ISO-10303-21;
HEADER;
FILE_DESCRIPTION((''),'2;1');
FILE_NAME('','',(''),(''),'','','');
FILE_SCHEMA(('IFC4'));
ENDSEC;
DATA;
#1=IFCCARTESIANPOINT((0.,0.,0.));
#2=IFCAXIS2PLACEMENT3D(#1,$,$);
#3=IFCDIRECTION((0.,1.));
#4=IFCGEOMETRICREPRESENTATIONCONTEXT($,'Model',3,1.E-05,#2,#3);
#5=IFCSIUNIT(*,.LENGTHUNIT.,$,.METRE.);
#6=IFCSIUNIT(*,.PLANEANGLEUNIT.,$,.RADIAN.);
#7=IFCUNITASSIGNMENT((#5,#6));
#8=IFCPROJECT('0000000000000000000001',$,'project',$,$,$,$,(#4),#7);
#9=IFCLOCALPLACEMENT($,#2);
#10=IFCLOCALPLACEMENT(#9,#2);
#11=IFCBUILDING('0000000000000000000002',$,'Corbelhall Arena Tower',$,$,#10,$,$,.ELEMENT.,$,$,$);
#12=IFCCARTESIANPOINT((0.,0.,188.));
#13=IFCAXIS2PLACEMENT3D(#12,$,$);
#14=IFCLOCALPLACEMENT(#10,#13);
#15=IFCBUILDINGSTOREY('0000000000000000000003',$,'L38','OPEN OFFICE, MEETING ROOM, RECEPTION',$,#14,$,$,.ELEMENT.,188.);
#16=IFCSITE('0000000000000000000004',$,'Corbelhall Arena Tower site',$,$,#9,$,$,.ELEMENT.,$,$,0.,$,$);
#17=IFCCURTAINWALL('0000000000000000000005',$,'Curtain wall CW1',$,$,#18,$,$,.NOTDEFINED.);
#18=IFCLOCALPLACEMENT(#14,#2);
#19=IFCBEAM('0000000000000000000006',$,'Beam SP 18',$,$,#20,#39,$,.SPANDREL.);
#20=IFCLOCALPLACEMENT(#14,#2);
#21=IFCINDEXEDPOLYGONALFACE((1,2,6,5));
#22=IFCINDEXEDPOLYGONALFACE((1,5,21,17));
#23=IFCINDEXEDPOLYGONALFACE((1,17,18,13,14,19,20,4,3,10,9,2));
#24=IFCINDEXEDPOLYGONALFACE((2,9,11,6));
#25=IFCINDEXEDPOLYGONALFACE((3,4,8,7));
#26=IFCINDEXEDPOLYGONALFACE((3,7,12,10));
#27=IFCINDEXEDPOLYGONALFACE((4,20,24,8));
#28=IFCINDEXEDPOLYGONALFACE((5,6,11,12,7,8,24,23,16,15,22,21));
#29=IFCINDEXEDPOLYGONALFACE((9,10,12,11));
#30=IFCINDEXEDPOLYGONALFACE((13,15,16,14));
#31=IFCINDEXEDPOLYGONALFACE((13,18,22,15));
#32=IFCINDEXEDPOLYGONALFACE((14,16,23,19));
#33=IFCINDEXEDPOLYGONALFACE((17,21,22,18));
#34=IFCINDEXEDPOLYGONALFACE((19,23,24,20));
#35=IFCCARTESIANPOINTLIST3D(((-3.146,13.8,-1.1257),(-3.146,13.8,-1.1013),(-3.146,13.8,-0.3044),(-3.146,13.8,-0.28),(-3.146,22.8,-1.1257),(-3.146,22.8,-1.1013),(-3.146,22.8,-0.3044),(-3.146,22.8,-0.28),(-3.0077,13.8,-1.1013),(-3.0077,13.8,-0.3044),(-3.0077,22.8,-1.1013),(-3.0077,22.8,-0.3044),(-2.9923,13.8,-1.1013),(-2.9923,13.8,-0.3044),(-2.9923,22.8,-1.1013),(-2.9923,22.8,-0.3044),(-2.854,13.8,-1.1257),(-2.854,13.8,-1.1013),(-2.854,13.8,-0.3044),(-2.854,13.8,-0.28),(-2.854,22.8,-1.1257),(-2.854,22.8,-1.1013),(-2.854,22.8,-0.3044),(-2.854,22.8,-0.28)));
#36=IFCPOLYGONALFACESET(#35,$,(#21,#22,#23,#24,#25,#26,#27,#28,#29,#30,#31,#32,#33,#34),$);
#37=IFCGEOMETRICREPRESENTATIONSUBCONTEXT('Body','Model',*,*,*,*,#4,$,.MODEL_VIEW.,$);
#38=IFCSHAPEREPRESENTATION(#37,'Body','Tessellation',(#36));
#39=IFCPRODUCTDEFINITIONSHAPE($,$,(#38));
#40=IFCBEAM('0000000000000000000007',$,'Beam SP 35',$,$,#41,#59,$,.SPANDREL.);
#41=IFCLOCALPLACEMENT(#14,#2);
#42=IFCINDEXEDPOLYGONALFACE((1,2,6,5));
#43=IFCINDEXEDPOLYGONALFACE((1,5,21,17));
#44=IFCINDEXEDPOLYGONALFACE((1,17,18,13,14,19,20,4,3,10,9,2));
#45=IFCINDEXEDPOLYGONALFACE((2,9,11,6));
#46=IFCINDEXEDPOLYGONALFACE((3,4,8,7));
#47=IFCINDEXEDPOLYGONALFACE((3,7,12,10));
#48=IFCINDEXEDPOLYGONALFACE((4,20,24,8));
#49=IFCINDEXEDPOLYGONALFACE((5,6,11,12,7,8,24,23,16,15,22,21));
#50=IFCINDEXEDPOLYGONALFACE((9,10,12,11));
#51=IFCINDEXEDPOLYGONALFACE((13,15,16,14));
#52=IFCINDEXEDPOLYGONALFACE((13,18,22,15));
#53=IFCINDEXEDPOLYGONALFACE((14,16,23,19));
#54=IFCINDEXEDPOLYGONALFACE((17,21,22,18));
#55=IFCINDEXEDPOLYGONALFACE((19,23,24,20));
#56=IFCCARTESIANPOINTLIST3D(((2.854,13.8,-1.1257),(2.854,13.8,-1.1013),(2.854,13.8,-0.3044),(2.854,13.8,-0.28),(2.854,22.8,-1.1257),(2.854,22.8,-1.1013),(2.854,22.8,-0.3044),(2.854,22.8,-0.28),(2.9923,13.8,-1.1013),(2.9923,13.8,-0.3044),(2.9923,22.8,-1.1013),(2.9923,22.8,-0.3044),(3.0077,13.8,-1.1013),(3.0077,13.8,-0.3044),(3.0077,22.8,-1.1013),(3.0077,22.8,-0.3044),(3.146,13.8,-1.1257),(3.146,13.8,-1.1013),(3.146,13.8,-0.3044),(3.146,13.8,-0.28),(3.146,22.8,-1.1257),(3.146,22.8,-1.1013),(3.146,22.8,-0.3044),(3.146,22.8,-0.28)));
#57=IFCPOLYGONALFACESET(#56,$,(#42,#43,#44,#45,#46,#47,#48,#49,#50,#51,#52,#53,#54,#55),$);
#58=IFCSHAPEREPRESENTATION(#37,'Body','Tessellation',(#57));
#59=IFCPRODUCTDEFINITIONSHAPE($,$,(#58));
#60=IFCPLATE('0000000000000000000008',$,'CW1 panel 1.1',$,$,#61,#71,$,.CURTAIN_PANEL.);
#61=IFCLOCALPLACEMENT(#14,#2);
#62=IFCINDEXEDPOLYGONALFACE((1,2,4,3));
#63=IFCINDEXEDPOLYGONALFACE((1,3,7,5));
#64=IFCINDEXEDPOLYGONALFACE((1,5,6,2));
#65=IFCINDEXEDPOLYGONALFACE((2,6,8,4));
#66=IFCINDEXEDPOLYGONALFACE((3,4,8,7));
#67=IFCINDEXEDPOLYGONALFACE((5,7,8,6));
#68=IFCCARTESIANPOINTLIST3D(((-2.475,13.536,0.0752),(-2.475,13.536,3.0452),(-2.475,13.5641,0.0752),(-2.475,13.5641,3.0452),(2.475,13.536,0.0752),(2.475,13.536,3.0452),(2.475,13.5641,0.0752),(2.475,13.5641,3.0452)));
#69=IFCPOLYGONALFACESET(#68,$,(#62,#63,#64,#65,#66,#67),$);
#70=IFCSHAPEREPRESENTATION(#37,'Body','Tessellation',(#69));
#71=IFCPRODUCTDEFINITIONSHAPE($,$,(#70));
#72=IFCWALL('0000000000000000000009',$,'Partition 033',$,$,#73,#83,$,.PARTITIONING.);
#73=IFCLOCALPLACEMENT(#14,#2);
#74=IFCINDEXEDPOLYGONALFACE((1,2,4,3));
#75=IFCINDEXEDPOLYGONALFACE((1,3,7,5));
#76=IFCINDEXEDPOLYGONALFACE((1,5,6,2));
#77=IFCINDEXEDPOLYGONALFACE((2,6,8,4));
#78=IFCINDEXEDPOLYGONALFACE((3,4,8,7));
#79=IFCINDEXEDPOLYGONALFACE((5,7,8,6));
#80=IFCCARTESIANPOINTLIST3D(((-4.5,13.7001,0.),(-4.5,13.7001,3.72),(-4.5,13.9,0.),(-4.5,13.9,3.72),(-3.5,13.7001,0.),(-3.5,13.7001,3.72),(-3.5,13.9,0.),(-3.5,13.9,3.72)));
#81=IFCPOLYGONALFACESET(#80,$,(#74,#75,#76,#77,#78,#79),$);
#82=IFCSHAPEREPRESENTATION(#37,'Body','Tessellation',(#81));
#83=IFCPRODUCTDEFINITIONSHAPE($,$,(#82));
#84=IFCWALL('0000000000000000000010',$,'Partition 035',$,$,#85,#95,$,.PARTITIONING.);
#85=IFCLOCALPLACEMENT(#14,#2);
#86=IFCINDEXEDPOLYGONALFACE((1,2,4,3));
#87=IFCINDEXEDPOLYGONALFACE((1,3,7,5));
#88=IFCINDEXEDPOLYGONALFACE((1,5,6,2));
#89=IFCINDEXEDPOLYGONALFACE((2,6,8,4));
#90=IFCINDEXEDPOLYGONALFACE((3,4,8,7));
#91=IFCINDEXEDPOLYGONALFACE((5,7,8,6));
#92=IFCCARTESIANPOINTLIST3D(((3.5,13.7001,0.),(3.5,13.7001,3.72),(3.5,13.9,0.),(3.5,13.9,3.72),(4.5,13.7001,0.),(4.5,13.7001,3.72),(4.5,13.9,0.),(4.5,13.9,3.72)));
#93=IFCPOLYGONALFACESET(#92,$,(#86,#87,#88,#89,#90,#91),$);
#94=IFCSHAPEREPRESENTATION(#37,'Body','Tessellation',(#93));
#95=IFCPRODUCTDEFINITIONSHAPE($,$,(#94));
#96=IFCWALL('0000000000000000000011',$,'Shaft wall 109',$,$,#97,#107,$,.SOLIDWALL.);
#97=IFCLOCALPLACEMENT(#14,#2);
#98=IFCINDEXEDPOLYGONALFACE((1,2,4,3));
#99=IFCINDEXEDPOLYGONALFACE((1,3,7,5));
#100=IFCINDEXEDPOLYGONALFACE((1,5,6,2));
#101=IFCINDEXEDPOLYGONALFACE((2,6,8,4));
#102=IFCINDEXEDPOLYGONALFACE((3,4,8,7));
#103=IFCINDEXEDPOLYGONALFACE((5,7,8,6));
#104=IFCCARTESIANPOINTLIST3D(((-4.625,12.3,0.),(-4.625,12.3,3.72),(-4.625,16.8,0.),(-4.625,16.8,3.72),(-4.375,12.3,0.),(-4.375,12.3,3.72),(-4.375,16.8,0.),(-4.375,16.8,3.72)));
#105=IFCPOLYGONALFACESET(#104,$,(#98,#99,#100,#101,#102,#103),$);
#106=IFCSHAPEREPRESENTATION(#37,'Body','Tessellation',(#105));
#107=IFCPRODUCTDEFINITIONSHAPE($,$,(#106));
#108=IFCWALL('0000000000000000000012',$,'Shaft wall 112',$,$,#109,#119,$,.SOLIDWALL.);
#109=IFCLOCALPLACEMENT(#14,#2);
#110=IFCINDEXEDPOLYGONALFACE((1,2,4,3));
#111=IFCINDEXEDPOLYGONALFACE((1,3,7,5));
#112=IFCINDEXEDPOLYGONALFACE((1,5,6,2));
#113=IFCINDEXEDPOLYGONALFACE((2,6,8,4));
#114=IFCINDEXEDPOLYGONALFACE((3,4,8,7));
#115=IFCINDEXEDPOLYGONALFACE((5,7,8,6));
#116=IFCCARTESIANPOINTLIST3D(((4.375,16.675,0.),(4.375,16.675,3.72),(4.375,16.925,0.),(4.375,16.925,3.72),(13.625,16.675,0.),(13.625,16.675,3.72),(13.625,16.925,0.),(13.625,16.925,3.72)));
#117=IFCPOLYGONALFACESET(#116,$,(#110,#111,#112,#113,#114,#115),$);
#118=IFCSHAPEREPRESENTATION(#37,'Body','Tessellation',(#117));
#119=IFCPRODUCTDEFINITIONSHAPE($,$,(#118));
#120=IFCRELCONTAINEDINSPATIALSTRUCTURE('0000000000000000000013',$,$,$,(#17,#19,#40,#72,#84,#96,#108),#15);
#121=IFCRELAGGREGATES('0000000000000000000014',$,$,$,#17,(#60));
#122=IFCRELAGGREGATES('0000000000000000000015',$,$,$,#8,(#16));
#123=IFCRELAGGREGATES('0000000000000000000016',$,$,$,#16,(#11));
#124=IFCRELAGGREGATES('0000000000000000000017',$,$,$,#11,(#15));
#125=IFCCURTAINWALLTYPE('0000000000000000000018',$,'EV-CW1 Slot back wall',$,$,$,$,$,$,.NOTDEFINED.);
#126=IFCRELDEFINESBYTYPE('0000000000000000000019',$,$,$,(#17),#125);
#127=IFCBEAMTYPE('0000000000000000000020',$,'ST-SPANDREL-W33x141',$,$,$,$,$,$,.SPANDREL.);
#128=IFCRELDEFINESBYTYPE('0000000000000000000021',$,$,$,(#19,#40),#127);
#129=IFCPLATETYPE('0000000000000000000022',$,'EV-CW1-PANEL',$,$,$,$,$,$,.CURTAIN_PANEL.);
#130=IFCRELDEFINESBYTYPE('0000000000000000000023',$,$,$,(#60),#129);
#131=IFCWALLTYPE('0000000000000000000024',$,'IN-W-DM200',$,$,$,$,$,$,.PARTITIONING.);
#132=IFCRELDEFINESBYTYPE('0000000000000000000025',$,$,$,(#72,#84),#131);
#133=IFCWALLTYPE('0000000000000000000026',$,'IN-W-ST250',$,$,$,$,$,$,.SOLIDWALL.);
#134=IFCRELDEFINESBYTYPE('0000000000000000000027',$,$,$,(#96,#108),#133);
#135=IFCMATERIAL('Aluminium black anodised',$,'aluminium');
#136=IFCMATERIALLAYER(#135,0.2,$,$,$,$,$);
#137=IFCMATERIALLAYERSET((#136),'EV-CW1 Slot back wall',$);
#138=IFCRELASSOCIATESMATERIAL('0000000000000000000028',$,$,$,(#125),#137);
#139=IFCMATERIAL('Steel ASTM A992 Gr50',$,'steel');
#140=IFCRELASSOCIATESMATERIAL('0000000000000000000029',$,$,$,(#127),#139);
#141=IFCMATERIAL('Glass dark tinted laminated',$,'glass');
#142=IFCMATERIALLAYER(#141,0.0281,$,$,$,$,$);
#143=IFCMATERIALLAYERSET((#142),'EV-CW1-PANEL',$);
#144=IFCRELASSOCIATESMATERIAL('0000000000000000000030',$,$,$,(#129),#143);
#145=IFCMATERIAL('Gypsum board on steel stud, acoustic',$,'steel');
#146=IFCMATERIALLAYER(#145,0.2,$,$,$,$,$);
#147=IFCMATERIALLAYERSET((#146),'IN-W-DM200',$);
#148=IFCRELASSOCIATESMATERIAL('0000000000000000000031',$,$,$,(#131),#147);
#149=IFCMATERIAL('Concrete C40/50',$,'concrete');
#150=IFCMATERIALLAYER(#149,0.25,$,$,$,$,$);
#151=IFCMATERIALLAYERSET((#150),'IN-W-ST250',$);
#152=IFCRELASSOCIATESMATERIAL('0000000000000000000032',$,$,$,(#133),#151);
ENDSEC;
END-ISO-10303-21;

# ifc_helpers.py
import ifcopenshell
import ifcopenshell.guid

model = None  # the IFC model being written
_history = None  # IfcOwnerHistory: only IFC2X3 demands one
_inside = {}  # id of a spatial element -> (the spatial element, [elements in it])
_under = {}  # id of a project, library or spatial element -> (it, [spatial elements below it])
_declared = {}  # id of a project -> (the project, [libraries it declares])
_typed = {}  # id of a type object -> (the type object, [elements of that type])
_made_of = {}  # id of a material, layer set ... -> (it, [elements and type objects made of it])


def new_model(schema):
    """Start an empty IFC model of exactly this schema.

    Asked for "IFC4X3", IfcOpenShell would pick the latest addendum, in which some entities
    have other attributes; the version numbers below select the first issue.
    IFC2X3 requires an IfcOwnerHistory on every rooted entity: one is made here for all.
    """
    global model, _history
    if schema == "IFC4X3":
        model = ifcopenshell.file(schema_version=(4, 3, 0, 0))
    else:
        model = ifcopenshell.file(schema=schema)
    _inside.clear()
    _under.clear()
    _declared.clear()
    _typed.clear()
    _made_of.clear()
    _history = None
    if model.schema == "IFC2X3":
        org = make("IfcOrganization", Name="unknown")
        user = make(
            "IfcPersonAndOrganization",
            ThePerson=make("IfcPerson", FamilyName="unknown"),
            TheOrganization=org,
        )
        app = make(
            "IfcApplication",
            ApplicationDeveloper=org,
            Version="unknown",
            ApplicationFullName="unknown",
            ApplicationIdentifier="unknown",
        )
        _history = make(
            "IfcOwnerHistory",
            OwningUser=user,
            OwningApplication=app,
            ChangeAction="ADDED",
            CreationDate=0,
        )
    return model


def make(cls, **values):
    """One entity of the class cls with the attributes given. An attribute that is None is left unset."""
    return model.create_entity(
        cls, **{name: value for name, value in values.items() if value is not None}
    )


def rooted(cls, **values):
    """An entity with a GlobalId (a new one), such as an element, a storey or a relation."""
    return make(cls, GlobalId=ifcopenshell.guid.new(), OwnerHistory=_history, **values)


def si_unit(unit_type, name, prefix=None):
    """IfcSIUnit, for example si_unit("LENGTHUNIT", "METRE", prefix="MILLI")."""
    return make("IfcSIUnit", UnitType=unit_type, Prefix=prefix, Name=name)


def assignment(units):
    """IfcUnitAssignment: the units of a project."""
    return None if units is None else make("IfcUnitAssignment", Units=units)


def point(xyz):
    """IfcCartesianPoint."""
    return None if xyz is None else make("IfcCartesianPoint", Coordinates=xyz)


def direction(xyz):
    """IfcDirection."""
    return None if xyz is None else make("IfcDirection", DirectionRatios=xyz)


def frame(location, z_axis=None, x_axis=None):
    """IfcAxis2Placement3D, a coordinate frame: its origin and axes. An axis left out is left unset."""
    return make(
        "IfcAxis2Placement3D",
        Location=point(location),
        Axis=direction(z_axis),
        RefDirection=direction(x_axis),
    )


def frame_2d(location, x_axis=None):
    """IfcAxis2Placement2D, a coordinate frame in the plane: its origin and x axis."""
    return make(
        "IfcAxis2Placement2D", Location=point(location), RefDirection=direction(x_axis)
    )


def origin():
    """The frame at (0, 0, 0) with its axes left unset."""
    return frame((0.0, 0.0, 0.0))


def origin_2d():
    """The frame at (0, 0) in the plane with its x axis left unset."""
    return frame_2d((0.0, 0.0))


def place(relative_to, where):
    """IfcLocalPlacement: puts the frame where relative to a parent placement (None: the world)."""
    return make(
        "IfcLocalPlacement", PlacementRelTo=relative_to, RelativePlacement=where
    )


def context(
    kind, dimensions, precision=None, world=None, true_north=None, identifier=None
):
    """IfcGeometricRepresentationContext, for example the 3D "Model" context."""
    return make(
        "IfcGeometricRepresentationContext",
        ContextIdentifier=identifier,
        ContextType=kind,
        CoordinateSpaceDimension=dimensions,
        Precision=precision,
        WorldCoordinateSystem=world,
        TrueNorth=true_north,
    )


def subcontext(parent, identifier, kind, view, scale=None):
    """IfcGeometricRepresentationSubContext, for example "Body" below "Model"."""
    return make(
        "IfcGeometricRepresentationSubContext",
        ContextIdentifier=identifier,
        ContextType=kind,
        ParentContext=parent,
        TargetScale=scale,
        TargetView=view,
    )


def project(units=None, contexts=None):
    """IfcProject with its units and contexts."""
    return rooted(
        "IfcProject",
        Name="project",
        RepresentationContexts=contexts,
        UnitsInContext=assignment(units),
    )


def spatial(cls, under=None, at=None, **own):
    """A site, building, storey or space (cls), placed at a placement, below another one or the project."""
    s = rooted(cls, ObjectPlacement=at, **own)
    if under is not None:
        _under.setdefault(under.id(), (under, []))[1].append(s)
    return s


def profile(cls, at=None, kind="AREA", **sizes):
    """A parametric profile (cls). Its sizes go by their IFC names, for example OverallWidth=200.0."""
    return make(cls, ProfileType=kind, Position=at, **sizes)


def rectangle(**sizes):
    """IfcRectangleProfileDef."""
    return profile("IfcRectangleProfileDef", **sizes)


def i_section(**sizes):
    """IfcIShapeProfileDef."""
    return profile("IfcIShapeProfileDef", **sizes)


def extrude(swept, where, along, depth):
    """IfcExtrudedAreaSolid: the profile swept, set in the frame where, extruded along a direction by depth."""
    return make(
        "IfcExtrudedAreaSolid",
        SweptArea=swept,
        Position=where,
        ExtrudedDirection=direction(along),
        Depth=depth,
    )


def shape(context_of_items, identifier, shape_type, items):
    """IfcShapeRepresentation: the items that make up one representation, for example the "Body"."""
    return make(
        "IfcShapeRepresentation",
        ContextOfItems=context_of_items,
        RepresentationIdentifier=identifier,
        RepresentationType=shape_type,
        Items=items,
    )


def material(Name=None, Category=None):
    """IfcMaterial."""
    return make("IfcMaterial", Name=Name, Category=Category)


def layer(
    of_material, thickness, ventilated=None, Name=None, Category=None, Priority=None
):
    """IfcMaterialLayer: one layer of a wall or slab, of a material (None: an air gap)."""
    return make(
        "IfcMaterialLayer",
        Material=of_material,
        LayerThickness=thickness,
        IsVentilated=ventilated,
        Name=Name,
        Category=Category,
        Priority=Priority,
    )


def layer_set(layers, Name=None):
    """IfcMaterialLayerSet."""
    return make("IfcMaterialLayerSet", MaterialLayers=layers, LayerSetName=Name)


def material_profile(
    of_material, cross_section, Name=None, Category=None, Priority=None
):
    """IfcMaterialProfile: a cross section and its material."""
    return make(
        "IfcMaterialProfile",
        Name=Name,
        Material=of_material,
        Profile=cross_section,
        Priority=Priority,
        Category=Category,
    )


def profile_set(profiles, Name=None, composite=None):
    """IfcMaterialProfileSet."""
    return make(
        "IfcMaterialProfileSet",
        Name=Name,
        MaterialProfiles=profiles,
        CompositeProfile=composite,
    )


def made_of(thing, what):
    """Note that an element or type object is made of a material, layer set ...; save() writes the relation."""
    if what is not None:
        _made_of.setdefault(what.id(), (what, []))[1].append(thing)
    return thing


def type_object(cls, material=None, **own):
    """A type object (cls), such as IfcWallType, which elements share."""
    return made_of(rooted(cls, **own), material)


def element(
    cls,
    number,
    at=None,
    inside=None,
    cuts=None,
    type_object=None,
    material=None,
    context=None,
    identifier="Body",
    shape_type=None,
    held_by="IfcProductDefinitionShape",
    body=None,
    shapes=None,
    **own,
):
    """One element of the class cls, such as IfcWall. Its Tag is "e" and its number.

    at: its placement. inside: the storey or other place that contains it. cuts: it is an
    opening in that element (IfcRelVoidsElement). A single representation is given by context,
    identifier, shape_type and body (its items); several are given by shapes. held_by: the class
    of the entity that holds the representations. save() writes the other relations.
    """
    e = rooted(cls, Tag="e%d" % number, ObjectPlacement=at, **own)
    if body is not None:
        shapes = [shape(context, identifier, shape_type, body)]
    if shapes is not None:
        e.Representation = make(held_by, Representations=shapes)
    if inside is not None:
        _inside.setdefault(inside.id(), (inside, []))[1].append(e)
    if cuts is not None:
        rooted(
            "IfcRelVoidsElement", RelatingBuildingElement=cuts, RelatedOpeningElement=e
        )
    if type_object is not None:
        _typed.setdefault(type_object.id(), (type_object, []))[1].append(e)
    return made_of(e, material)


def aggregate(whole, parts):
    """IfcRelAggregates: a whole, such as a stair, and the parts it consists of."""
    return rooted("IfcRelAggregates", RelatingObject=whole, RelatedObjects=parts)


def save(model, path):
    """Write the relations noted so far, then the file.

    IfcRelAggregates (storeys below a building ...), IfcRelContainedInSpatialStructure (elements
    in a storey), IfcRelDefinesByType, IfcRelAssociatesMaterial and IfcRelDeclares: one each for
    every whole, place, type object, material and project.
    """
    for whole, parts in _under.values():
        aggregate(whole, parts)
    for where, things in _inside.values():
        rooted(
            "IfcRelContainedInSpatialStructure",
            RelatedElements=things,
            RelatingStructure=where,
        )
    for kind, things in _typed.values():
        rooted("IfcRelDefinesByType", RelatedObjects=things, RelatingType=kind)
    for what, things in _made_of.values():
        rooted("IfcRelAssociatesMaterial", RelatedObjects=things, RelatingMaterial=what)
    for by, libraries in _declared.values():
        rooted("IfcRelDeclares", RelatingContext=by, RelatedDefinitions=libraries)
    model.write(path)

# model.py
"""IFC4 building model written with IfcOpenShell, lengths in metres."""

from ifc_helpers import new_model, si_unit, direction, frame, frame_2d, origin, origin_2d, place, context, subcontext, project, spatial, rectangle, i_section, extrude, material, layer, layer_set, material_profile, profile_set, type_object, element, aggregate, save


model = new_model("IFC4")

# Units and contexts
model_context = context("Model", 3, precision=1e-05, world=origin(), true_north=direction((0.0, 1.0)))
body_context = subcontext(model_context, "Body", "Model", "MODEL_VIEW")
ifc_project = project(units=[si_unit("LENGTHUNIT", "METRE"), si_unit("PLANEANGLEUNIT", "RADIAN")], contexts=[model_context])

# Site, building, storey
site_placement = place(None, origin())
site = spatial("IfcSite", under=ifc_project, at=site_placement, Name="Corbelhall Arena Tower site", CompositionType="ELEMENT", RefElevation=0.0)
building_placement = place(site_placement, origin())
building = spatial("IfcBuilding", under=site, at=building_placement, Name="Corbelhall Arena Tower", CompositionType="ELEMENT")
storey_placement = place(building_placement, frame((0.0, 0.0, 188.0)))
storey = spatial("IfcBuildingStorey", under=building, at=storey_placement, Name="L38", Description="OPEN OFFICE, MEETING ROOM, RECEPTION", CompositionType="ELEMENT", Elevation=188.0)

# Curtain wall
ifc_material_1 = material(Name="Aluminium black anodised", Category="aluminium")
ifc_layer_1 = layer(ifc_material_1, 0.2)
ifc_layer_set_1 = layer_set([ifc_layer_1], Name="EV-CW1 Slot back wall")
curtain_wall_type = type_object("IfcCurtainWallType", Name="EV-CW1 Slot back wall", PredefinedType="NOTDEFINED", material=ifc_layer_set_1)
curtain_wall_placement = place(storey_placement, origin())
curtain_wall = element("IfcCurtainWall", 1, at=curtain_wall_placement, inside=storey, type_object=curtain_wall_type, Name="Curtain wall CW1", PredefinedType="NOTDEFINED")

# Beams
ifc_material_2 = material(Name="Steel ASTM A992 Gr50", Category="steel")
ifc_material_profile_1 = material_profile(ifc_material_2, i_section(OverallWidth=0.292, OverallDepth=0.8457, WebThickness=0.0154, FlangeThickness=0.0244, at=origin_2d()))
ifc_profile_set_1 = profile_set([ifc_material_profile_1], Name="Steel ASTM A992 Gr50")
beam_type_1 = type_object("IfcBeamType", Name="ST-SPANDREL-W33x141", PredefinedType="SPANDREL", material=ifc_profile_set_1)
for number, where, z_axis, x_axis, name in (
    (2, (-3.0, 22.8, -0.7029), (0.0, -1.0, 0.0), (1.0, 0.0, 0.0), "Beam SP 18"),
    (3, (3.0, 13.8, -0.7029), (0.0, 1.0, 0.0), (-1.0, 0.0, 0.0), "Beam SP 35"),
):
    element("IfcBeam", number, at=place(storey_placement, frame(where, z_axis=z_axis, x_axis=x_axis)), inside=storey, type_object=beam_type_1, Name=name, PredefinedType="SPANDREL", context=body_context, shape_type="SweptSolid", body=[
        extrude(i_section(OverallWidth=0.292, OverallDepth=0.8457, WebThickness=0.0154, FlangeThickness=0.0244, at=origin_2d()), origin(), (0.0, 0.0, 1.0), 9.0),
    ])

# Plate
ifc_material_3 = material(Name="Glass dark tinted laminated", Category="glass")
ifc_layer_2 = layer(ifc_material_3, 0.0281)
ifc_layer_set_2 = layer_set([ifc_layer_2], Name="EV-CW1-PANEL")
plate_type = type_object("IfcPlateType", Name="EV-CW1-PANEL", PredefinedType="CURTAIN_PANEL", material=ifc_layer_set_2)
plate_placement = place(storey_placement, frame((0.0, 13.55, 0.0752), z_axis=(0.0, 0.0, 1.0), x_axis=(-1.0, 0.0, 0.0)))
plate = element("IfcPlate", 4, at=plate_placement, type_object=plate_type, Name="CW1 panel 1.1", PredefinedType="CURTAIN_PANEL", context=body_context, shape_type="SweptSolid", body=[
    extrude(rectangle(XDim=4.95, YDim=0.0281, at=origin_2d()), origin(), (0.0, 0.0, 1.0), 2.97),
])
aggregate(curtain_wall, [plate])

# Walls
ifc_material_4 = material(Name="Gypsum board on steel stud, acoustic", Category="steel")
ifc_layer_3 = layer(ifc_material_4, 0.2)
ifc_layer_set_3 = layer_set([ifc_layer_3], Name="IN-W-DM200")
wall_type_1 = type_object("IfcWallType", Name="IN-W-DM200", PredefinedType="PARTITIONING", material=ifc_layer_set_3)
for number, where, z_axis, x_axis, name in (
    (5, (-4.5, 13.8, 0.0), (0.0, 0.0, 1.0), (1.0, 0.0, 0.0), "Partition 033"),
    (6, (3.5, 13.8, 0.0), (0.0, 0.0, 1.0), (1.0, 0.0, 0.0), "Partition 035"),
):
    element("IfcWall", number, at=place(storey_placement, frame(where, z_axis=z_axis, x_axis=x_axis)), inside=storey, type_object=wall_type_1, Name=name, PredefinedType="PARTITIONING", context=body_context, shape_type="SweptSolid", body=[
        extrude(rectangle(XDim=1.0, YDim=0.2, at=frame_2d((0.5, 0.0))), origin(), (0.0, 0.0, 1.0), 3.72),
    ])
ifc_material_5 = material(Name="Concrete C40/50", Category="concrete")
ifc_layer_4 = layer(ifc_material_5, 0.25)
ifc_layer_set_4 = layer_set([ifc_layer_4], Name="IN-W-ST250")
wall_type_2 = type_object("IfcWallType", Name="IN-W-ST250", PredefinedType="SOLIDWALL", material=ifc_layer_set_4)
wall_1_placement = place(storey_placement, frame((-4.5, 16.8, 0.0), z_axis=(0.0, 0.0, 1.0), x_axis=(0.0, -1.0, 0.0)))
element("IfcWall", 7, at=wall_1_placement, inside=storey, type_object=wall_type_2, Name="Shaft wall 109", PredefinedType="SOLIDWALL", context=body_context, shape_type="SweptSolid", body=[
    extrude(rectangle(XDim=4.5, YDim=0.25, at=frame_2d((2.25, 0.0))), origin(), (0.0, 0.0, 1.0), 3.72),
])
wall_2_placement = place(storey_placement, frame((4.375, 16.8, 0.0), z_axis=(0.0, 0.0, 1.0), x_axis=(1.0, 0.0, 0.0)))
element("IfcWall", 8, at=wall_2_placement, inside=storey, type_object=wall_type_2, Name="Shaft wall 112", PredefinedType="SOLIDWALL", context=body_context, shape_type="SweptSolid", body=[
    extrude(rectangle(XDim=9.25, YDim=0.25, at=frame_2d((4.625, 0.0))), origin(), (0.0, 0.0, 1.0), 3.72),
])

save(model, "model.ifc")
